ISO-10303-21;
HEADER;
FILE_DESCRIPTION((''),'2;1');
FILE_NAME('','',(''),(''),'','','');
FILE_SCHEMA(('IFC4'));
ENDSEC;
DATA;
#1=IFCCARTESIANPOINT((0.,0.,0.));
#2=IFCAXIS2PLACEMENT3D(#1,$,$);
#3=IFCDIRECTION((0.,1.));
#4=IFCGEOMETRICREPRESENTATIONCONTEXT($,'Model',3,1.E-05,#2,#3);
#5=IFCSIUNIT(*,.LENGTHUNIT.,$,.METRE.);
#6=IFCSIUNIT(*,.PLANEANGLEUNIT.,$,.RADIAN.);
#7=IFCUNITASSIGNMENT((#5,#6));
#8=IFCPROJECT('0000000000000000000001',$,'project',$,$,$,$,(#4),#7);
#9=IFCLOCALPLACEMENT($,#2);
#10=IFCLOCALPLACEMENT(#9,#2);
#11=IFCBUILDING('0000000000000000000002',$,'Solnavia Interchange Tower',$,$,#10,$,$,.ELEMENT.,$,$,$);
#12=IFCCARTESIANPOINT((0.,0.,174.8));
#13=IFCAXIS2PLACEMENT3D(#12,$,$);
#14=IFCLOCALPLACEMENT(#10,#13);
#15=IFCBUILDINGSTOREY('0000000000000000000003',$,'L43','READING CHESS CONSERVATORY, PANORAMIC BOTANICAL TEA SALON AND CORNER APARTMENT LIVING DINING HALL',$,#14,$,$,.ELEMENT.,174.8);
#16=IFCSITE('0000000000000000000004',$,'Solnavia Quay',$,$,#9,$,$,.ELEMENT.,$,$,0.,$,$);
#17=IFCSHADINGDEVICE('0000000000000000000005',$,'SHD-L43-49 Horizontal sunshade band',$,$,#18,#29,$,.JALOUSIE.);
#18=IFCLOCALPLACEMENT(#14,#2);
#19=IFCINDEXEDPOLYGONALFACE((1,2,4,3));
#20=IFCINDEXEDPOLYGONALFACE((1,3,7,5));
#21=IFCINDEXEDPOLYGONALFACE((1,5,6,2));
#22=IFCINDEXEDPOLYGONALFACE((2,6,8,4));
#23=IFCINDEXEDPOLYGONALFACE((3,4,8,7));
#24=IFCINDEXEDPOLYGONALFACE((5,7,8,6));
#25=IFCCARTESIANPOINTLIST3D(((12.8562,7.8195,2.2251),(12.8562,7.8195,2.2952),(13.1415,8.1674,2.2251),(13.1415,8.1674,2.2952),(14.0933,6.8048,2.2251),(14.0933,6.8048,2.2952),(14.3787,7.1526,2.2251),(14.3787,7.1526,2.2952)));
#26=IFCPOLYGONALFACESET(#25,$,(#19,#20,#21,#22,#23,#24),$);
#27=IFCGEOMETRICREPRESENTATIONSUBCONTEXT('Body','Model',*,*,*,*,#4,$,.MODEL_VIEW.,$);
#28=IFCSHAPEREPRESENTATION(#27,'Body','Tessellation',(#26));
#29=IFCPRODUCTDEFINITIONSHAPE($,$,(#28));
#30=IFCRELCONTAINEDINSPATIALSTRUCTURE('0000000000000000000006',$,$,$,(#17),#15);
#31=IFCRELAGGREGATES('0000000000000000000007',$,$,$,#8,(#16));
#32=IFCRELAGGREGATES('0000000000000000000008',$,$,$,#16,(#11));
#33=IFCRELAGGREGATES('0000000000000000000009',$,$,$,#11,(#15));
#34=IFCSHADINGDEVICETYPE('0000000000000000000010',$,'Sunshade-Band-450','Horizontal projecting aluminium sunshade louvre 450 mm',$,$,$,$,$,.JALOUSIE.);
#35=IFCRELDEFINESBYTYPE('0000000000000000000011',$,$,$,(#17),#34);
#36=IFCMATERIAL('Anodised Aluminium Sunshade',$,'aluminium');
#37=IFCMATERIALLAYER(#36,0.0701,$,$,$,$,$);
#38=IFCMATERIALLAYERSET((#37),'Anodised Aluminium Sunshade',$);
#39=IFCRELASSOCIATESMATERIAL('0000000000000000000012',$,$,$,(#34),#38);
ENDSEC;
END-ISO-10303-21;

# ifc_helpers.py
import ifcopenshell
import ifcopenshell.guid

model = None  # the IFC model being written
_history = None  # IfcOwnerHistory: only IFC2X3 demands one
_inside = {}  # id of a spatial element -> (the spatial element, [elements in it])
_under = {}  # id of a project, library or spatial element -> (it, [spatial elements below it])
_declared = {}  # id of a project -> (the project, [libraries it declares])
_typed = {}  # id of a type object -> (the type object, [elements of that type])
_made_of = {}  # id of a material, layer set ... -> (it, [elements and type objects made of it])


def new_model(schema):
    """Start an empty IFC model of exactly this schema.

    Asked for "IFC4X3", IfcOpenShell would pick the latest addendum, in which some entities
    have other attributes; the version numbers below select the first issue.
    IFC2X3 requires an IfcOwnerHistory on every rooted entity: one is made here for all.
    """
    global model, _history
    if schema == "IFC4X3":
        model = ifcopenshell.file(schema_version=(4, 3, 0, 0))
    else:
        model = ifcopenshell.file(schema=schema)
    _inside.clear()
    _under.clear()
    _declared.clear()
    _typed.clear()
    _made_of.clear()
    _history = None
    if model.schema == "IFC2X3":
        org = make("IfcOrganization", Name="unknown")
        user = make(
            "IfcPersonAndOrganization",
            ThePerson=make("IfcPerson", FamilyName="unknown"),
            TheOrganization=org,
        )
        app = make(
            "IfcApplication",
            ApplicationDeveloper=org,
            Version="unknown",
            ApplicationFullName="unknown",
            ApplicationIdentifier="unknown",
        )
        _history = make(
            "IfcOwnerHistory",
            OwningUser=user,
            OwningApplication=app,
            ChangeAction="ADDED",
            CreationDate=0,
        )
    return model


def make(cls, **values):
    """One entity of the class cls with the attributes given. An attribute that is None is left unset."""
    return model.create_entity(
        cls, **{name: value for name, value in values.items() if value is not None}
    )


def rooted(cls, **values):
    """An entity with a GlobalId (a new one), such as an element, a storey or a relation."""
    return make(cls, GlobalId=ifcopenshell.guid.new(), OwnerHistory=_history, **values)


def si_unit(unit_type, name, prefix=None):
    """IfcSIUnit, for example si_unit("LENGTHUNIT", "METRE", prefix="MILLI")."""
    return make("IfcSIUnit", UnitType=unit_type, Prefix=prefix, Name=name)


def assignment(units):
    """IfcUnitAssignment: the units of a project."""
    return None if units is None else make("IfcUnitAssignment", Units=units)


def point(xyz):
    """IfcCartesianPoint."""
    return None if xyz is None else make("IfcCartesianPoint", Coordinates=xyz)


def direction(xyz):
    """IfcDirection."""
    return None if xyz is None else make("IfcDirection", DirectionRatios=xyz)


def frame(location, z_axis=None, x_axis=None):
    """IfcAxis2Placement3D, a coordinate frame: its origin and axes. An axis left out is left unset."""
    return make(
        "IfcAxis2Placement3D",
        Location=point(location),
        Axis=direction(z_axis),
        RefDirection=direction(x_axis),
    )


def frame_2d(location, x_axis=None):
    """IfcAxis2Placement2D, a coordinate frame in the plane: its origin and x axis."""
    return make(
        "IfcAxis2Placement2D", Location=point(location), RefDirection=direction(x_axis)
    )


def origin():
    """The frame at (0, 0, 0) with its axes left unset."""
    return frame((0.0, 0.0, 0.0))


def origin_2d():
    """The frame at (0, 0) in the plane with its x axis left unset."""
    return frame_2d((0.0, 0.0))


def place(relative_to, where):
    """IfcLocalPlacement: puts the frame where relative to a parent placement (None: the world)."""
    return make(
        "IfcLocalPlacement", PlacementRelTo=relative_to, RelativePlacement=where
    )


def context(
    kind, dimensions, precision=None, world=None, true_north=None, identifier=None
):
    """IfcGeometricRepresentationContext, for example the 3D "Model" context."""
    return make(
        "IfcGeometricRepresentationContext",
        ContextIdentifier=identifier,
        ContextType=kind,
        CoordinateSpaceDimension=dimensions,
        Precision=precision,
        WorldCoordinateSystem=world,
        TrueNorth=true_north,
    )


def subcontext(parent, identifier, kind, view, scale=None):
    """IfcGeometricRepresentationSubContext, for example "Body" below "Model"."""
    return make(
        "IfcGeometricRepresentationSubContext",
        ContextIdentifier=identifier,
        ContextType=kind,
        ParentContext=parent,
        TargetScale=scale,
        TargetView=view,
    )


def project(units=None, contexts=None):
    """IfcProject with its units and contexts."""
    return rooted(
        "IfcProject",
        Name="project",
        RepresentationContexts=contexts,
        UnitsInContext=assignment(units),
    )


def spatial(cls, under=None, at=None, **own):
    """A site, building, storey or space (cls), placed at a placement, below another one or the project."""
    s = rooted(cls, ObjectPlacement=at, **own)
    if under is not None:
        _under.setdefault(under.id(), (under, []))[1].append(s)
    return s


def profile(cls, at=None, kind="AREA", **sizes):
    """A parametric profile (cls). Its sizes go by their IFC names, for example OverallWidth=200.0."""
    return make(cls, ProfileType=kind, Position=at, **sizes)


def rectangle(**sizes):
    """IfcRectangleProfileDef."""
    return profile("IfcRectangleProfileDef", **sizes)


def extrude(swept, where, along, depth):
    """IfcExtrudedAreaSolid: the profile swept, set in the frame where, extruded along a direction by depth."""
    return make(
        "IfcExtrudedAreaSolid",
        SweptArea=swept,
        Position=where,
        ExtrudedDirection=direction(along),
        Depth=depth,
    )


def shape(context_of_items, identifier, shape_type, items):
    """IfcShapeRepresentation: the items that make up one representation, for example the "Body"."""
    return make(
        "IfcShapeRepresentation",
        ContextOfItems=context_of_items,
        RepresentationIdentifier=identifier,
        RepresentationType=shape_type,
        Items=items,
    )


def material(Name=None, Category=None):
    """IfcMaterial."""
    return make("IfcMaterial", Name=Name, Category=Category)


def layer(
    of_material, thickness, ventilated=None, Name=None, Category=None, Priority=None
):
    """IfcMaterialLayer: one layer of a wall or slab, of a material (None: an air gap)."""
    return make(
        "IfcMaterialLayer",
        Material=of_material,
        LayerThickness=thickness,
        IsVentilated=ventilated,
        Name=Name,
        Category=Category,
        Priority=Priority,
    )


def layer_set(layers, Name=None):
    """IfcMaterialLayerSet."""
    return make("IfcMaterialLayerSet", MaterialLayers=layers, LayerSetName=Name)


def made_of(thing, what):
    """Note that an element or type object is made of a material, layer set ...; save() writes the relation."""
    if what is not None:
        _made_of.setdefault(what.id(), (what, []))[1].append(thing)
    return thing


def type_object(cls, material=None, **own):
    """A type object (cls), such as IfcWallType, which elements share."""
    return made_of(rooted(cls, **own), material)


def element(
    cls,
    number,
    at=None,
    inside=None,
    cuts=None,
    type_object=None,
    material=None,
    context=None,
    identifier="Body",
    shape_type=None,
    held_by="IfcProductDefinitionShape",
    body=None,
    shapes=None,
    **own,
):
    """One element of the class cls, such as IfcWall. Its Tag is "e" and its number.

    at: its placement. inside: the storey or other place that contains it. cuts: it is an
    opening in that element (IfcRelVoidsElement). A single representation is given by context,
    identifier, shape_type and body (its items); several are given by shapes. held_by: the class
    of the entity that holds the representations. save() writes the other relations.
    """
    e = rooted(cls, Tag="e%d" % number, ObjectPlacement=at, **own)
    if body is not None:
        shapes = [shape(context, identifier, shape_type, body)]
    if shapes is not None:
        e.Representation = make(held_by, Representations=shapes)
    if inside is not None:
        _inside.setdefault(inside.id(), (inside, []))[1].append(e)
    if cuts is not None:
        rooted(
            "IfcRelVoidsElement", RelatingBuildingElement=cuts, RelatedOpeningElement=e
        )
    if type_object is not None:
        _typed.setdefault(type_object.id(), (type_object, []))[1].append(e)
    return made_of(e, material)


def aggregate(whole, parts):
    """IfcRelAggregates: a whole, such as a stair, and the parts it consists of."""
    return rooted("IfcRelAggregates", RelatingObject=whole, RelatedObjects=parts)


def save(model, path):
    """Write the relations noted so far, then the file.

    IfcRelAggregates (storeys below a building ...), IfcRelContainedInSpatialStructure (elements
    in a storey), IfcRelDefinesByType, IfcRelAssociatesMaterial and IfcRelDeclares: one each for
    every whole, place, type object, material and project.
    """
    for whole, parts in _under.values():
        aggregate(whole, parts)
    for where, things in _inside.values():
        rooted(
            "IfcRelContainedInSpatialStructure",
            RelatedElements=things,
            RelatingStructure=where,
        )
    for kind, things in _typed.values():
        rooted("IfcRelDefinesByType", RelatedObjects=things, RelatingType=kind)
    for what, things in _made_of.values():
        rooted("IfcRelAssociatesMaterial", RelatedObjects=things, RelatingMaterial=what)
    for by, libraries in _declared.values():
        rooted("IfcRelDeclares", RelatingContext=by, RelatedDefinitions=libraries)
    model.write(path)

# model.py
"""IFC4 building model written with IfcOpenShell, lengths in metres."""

from ifc_helpers import new_model, si_unit, direction, frame, origin, origin_2d, place, context, subcontext, project, spatial, rectangle, extrude, material, layer, layer_set, type_object, element, save


model = new_model("IFC4")

# Units and contexts
model_context = context("Model", 3, precision=1e-05, world=origin(), true_north=direction((0.0, 1.0)))
body_context = subcontext(model_context, "Body", "Model", "MODEL_VIEW")
ifc_project = project(units=[si_unit("LENGTHUNIT", "METRE"), si_unit("PLANEANGLEUNIT", "RADIAN")], contexts=[model_context])

# Site, building, storey
site_placement = place(None, origin())
site = spatial("IfcSite", under=ifc_project, at=site_placement, Name="Solnavia Quay", CompositionType="ELEMENT", RefElevation=0.0)
building_placement = place(site_placement, origin())
building = spatial("IfcBuilding", under=site, at=building_placement, Name="Solnavia Interchange Tower", CompositionType="ELEMENT")
storey_placement = place(building_placement, frame((0.0, 0.0, 174.8)))
storey = spatial("IfcBuildingStorey", under=building, at=storey_placement, Name="L43", Description="READING CHESS CONSERVATORY, PANORAMIC BOTANICAL TEA SALON AND CORNER APARTMENT LIVING DINING HALL", CompositionType="ELEMENT", Elevation=174.8)

# Shading device
ifc_material_1 = material(Name="Anodised Aluminium Sunshade", Category="aluminium")
ifc_layer_1 = layer(ifc_material_1, 0.0701)
ifc_layer_set_1 = layer_set([ifc_layer_1], Name="Anodised Aluminium Sunshade")
shading_device_type = type_object("IfcShadingDeviceType", Name="Sunshade-Band-450", Description="Horizontal projecting aluminium sunshade louvre 450 mm", PredefinedType="JALOUSIE", material=ifc_layer_set_1)
shading_device_placement = place(storey_placement, frame((13.6174, 7.4861, 2.2251), z_axis=(0.0, 0.0, 1.0), x_axis=(-0.773177, 0.634191, 0.0)))
element("IfcShadingDevice", 1, at=shading_device_placement, inside=storey, type_object=shading_device_type, Name="SHD-L43-49 Horizontal sunshade band", PredefinedType="JALOUSIE", context=body_context, shape_type="SweptSolid", body=[
    extrude(rectangle(XDim=1.6001, YDim=0.45, at=origin_2d()), origin(), (0.0, 0.0, 1.0), 0.0701),
])

save(model, "model.ifc")
